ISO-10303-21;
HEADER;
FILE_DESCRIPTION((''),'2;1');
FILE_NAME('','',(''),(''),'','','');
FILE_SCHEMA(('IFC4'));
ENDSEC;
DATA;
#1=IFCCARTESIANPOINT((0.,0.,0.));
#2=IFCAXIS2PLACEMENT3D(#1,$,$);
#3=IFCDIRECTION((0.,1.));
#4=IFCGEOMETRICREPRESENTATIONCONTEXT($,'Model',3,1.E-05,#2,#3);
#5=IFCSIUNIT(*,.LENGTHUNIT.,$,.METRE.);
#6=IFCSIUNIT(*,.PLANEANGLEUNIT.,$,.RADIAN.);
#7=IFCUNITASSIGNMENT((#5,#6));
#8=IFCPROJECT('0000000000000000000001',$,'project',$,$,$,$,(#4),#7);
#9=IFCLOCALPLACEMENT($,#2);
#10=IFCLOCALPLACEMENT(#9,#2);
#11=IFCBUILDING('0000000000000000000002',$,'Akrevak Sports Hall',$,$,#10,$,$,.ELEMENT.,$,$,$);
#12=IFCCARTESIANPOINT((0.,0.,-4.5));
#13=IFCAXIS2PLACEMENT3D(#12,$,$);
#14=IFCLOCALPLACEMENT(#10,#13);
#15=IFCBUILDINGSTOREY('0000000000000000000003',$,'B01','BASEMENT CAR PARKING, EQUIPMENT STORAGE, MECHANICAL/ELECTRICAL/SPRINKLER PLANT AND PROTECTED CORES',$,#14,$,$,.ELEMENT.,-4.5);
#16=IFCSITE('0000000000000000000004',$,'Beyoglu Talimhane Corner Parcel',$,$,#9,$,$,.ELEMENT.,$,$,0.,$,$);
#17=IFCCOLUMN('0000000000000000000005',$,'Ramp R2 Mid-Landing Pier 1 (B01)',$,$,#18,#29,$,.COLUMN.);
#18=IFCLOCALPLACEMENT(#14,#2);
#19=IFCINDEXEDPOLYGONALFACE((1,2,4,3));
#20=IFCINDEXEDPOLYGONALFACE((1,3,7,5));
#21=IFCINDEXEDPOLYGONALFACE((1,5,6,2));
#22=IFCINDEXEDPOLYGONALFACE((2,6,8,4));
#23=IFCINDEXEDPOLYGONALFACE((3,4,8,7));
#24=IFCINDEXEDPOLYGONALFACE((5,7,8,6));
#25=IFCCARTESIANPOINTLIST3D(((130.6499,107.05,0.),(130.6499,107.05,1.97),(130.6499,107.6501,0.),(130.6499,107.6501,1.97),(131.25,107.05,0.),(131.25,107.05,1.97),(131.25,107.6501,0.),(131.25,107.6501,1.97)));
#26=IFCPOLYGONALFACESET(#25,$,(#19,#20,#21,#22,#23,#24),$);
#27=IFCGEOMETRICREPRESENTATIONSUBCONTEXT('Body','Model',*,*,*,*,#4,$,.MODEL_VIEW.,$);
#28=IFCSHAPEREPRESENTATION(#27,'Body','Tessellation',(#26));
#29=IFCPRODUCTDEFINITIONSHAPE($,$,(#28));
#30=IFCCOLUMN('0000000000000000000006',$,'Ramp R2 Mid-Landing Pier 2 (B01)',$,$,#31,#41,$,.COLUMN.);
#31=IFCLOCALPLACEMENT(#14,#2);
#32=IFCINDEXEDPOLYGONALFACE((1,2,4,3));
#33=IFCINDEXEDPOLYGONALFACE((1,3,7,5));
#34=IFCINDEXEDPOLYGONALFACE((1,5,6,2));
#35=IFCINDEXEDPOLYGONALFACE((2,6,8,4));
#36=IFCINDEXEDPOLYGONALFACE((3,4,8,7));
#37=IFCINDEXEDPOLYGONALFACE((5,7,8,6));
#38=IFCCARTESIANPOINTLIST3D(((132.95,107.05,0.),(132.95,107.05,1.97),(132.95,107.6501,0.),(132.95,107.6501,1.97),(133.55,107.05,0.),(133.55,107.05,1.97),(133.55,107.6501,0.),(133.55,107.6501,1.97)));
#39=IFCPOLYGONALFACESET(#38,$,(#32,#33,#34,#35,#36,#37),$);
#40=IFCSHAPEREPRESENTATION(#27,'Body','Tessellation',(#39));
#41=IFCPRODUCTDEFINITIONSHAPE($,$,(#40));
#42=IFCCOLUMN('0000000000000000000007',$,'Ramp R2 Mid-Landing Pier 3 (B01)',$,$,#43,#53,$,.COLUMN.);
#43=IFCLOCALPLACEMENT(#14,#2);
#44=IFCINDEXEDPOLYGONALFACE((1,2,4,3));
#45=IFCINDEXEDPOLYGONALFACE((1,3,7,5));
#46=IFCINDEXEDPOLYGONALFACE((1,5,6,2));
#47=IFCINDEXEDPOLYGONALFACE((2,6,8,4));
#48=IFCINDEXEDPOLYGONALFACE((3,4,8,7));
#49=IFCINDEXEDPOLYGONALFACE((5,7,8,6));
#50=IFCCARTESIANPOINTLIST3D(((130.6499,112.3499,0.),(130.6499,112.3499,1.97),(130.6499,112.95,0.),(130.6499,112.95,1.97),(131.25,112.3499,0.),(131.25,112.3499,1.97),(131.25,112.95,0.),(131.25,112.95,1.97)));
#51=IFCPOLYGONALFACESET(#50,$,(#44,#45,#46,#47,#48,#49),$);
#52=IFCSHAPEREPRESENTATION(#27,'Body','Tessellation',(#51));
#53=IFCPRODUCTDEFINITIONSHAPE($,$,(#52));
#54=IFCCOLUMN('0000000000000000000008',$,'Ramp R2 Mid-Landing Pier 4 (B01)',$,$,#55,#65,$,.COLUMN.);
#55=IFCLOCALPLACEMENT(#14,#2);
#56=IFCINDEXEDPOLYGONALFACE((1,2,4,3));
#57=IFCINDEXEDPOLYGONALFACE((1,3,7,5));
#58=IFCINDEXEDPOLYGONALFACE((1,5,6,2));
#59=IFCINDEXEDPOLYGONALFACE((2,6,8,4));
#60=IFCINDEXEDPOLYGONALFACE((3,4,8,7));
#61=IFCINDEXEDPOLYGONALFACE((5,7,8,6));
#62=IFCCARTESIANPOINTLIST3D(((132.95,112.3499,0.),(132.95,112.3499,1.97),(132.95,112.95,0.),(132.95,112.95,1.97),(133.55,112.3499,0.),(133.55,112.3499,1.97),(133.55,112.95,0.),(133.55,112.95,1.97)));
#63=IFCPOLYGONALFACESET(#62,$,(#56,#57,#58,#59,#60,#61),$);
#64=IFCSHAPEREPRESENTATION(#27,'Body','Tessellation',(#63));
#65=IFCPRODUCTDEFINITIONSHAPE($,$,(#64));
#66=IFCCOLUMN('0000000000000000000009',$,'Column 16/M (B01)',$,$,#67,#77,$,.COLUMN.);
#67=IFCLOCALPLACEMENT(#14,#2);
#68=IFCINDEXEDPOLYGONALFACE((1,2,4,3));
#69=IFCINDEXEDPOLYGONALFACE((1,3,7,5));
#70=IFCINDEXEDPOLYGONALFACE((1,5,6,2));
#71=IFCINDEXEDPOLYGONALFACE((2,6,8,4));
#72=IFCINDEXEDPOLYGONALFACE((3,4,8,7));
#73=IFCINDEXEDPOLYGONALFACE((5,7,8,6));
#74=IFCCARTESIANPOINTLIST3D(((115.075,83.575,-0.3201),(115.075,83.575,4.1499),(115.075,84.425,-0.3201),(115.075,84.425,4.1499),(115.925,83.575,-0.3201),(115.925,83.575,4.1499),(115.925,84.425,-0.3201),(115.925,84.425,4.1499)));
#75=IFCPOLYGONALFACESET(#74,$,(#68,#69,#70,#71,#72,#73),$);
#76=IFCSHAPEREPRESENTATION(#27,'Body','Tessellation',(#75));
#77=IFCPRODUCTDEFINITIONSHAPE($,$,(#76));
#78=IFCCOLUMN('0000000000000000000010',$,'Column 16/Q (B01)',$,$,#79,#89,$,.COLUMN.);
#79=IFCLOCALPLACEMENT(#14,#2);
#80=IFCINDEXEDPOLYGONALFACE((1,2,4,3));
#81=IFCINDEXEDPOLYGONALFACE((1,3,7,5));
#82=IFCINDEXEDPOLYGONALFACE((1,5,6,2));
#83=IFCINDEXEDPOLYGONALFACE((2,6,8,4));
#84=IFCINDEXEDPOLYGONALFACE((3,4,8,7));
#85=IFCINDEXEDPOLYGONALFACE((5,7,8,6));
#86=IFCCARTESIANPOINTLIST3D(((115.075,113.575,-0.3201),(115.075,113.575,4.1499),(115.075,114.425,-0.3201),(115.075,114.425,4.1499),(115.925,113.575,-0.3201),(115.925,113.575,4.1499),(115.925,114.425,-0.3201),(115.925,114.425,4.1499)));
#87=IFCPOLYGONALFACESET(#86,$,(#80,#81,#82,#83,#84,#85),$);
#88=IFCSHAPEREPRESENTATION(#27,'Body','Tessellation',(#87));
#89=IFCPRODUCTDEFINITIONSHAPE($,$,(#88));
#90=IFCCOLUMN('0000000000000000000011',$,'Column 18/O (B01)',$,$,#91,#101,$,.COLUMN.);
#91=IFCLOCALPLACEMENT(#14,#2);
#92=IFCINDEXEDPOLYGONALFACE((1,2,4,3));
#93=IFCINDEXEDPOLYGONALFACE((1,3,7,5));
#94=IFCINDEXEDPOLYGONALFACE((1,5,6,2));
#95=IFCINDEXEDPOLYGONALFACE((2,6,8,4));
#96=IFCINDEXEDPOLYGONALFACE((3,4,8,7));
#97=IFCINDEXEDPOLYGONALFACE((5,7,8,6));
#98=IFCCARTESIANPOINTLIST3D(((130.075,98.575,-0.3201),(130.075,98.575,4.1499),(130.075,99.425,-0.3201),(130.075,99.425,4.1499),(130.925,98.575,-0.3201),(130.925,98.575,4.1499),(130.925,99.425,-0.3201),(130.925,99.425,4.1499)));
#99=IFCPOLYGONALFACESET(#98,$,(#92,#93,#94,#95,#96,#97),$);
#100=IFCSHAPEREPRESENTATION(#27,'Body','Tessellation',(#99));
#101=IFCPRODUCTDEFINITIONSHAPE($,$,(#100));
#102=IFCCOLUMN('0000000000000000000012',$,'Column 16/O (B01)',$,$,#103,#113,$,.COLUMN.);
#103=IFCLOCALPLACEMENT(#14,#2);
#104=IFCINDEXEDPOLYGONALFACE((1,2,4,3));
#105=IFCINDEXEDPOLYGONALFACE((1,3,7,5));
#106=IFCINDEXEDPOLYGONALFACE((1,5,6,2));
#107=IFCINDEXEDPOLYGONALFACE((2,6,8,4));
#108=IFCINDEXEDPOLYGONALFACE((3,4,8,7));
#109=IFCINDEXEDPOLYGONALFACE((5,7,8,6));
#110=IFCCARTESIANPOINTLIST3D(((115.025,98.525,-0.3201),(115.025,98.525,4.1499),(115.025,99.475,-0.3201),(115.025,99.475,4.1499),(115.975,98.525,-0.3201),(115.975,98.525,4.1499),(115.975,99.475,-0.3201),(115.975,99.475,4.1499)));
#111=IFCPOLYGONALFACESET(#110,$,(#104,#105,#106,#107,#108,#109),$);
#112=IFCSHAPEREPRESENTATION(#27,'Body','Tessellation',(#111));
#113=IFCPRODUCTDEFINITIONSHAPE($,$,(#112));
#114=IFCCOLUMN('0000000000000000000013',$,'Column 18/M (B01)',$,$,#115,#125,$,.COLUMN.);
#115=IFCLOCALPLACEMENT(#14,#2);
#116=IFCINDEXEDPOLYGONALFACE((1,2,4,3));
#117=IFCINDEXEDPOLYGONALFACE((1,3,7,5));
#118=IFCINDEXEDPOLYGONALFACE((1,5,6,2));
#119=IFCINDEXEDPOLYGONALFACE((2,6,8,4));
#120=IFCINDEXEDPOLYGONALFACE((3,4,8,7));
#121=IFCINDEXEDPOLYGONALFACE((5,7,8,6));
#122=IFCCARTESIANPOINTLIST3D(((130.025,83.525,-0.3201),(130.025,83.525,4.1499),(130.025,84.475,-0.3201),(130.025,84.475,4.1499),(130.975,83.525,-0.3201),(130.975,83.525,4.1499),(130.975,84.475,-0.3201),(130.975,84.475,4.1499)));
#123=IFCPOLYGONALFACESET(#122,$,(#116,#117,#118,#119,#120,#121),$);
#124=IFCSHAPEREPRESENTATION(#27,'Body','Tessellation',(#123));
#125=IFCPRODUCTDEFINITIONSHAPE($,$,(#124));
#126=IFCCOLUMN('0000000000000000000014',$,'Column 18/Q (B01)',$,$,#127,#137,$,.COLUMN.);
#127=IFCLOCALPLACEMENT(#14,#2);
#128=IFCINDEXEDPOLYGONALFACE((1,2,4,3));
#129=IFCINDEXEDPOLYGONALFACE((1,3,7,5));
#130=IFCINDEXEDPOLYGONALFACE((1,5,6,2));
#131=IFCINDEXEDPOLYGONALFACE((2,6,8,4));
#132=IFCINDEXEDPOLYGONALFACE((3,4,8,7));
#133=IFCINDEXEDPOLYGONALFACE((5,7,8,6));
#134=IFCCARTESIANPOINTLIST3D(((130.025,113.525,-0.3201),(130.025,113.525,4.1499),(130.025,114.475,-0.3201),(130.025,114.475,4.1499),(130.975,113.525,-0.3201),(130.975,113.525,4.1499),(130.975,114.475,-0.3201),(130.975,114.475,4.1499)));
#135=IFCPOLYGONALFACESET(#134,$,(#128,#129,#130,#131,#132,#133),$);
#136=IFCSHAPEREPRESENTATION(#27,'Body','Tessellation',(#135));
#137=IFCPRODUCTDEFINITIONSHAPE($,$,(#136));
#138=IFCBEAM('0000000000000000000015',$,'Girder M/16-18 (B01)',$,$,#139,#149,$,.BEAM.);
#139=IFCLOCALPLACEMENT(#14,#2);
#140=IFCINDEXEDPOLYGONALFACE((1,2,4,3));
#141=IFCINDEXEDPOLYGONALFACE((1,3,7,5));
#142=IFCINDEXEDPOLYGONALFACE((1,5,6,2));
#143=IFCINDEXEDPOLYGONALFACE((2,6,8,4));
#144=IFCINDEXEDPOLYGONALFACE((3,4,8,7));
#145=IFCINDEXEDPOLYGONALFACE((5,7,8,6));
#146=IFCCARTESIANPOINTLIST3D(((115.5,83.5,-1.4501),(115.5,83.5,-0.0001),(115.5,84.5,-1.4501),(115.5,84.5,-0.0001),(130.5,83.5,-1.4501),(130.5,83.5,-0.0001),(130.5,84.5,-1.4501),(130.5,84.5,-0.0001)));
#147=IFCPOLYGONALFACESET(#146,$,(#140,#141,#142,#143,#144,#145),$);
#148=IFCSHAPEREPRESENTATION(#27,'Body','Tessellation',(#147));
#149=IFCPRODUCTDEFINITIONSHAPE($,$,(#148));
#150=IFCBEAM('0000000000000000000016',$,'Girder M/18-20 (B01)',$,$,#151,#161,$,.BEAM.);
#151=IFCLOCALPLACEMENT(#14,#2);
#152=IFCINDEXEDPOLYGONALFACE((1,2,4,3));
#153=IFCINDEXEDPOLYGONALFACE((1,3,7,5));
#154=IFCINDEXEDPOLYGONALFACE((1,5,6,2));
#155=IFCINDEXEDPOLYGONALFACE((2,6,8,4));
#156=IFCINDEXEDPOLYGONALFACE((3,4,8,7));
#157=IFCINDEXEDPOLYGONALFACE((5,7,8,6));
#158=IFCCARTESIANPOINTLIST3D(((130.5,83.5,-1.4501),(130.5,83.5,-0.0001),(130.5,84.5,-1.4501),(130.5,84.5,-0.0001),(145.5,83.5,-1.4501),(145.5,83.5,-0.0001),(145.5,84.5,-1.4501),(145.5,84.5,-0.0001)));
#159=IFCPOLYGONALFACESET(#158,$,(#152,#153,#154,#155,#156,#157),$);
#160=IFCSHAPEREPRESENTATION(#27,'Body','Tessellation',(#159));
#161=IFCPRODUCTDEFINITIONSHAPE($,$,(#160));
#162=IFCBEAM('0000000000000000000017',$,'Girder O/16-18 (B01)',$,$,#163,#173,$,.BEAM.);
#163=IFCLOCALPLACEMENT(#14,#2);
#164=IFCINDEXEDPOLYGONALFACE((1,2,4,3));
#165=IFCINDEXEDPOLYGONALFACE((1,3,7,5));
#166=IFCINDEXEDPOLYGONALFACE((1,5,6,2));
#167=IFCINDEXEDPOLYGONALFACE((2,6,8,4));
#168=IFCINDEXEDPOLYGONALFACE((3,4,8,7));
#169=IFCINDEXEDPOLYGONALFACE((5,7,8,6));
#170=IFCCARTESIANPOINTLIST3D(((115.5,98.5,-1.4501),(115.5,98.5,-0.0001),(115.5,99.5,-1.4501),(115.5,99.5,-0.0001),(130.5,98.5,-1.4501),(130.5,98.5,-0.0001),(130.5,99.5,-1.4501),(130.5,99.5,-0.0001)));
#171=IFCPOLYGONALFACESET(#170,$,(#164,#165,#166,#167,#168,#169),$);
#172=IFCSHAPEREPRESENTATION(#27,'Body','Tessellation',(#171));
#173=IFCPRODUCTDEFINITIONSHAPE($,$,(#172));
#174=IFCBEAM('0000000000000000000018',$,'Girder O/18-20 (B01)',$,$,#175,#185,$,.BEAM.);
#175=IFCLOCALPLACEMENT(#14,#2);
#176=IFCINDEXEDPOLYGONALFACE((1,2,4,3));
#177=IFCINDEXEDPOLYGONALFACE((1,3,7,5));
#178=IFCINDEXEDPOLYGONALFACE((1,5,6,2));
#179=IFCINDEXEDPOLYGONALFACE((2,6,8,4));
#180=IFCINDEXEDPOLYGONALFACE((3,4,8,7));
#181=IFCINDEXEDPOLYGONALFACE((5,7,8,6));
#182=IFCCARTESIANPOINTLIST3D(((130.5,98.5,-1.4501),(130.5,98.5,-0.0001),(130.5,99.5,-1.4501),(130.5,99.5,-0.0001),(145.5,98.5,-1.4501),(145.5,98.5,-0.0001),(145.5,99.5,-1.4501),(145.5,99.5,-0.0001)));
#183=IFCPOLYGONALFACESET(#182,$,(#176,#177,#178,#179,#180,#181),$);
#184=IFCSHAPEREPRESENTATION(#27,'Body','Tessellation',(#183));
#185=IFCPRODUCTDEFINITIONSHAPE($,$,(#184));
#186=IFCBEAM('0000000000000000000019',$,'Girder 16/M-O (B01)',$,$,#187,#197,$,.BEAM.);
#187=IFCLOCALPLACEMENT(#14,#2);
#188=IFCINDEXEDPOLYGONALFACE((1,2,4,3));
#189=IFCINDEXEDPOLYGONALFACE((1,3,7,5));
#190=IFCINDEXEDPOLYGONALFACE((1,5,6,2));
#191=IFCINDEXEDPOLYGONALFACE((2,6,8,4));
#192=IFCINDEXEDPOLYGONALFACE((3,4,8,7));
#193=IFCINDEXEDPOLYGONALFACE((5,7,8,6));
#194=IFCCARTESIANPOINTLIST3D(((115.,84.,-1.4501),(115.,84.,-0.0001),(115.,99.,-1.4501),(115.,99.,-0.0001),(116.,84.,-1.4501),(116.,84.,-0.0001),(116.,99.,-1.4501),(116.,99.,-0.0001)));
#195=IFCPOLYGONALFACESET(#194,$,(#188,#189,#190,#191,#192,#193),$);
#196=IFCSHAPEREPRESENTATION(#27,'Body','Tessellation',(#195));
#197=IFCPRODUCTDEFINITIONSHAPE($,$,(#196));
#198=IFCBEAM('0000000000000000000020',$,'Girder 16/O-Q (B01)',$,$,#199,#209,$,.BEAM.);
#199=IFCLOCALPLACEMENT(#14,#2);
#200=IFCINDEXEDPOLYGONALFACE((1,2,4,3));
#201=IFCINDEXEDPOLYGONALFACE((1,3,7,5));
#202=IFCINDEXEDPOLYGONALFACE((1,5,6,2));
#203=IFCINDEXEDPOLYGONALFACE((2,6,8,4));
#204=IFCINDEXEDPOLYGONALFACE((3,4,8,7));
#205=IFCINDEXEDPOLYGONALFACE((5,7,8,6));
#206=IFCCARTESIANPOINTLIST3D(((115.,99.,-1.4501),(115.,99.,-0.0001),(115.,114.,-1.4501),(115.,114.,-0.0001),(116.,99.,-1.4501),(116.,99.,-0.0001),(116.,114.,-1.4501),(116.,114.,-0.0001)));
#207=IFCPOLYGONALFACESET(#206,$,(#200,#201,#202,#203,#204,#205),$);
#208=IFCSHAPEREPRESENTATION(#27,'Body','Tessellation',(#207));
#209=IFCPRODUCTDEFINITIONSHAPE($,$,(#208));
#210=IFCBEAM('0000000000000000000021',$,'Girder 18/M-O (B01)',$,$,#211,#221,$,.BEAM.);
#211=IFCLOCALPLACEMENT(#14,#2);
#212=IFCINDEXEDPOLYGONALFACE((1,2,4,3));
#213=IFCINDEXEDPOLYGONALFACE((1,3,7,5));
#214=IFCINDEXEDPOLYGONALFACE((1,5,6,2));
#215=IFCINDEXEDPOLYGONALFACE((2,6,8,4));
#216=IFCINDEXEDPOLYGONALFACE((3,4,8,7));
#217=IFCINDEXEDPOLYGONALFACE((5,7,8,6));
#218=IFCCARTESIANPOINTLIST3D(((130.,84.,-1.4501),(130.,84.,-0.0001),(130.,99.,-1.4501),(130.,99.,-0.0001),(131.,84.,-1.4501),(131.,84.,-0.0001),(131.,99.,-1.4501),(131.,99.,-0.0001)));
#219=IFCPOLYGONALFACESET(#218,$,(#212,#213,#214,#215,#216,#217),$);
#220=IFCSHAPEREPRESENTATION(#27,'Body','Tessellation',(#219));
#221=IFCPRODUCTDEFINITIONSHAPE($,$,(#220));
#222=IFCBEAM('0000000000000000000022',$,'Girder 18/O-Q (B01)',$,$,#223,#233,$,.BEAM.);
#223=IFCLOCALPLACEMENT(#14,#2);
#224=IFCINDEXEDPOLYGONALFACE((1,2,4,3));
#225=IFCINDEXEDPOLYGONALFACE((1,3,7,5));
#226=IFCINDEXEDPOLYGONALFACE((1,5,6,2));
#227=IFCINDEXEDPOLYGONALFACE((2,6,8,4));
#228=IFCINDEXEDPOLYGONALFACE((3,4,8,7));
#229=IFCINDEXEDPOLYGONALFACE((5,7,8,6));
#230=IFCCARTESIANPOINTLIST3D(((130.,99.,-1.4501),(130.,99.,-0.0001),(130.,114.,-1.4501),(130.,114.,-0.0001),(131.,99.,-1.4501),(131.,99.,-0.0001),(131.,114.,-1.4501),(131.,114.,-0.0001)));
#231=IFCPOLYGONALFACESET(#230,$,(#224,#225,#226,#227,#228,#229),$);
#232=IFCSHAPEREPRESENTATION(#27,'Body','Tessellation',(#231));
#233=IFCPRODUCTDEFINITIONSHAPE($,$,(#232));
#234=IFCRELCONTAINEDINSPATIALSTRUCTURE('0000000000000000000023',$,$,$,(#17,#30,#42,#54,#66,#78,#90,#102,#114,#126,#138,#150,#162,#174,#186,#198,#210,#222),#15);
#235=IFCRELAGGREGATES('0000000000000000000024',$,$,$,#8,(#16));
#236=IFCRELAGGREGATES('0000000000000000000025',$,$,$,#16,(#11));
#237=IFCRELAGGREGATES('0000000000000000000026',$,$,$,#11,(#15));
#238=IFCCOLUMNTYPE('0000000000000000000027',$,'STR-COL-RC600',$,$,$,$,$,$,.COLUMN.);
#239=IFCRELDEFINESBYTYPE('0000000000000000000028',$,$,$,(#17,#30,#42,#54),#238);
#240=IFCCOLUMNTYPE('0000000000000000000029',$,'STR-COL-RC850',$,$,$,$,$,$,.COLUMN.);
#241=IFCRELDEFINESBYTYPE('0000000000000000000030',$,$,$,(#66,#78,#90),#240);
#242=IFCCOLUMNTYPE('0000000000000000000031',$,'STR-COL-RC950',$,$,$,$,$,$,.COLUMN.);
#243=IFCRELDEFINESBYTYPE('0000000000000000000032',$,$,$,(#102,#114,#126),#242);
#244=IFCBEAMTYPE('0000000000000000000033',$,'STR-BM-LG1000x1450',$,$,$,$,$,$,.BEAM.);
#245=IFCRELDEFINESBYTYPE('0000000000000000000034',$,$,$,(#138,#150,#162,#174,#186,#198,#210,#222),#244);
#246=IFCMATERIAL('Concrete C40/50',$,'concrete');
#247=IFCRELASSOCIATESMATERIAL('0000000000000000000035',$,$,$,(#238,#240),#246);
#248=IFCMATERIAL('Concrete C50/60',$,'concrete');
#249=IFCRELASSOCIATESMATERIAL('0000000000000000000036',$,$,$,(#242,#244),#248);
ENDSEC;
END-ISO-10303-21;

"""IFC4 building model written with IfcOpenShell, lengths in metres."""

from ifc_helpers import new_model, si_unit, direction, frame, origin, origin_2d, place, context, subcontext, project, spatial, rectangle, extrude, material, material_profile, profile_set, type_object, element, save


model = new_model("IFC4")

# Units and contexts
model_context = context("Model", 3, precision=1e-05, world=origin(), true_north=direction((0.0, 1.0)))
body_context = subcontext(model_context, "Body", "Model", "MODEL_VIEW")
ifc_project = project(units=[si_unit("LENGTHUNIT", "METRE"), si_unit("PLANEANGLEUNIT", "RADIAN")], contexts=[model_context])

# Site, building, storey
site_placement = place(None, origin())
site = spatial("IfcSite", under=ifc_project, at=site_placement, Name="Beyoglu Talimhane Corner Parcel", CompositionType="ELEMENT", RefElevation=0.0)
building_placement = place(site_placement, origin())
building = spatial("IfcBuilding", under=site, at=building_placement, Name="Akrevak Sports Hall", CompositionType="ELEMENT")
storey_placement = place(building_placement, frame((0.0, 0.0, -4.5)))
storey = spatial("IfcBuildingStorey", under=building, at=storey_placement, Name="B01", Description="BASEMENT CAR PARKING, EQUIPMENT STORAGE, MECHANICAL/ELECTRICAL/SPRINKLER PLANT AND PROTECTED CORES", CompositionType="ELEMENT", Elevation=-4.5)

# Columns
ifc_material_1 = material(Name="Concrete C40/50", Category="concrete")
ifc_material_profile_1 = material_profile(ifc_material_1, rectangle(XDim=0.6001, YDim=0.6001, at=origin_2d()), Name="RC 600x600", Category="concrete")
ifc_profile_set_1 = profile_set([ifc_material_profile_1], Name="Concrete C40/50")
column_type_1 = type_object("IfcColumnType", Name="STR-COL-RC600", PredefinedType="COLUMN", material=ifc_profile_set_1)
for number, where, z_axis, x_axis, name in (
    (1, (130.95, 107.3501, 0.0), (0.0, 0.0, 1.0), (1.0, 0.0, 0.0), "Ramp R2 Mid-Landing Pier 1 (B01)"),
    (2, (133.25, 107.3501, 0.0), (0.0, 0.0, 1.0), (1.0, 0.0, 0.0), "Ramp R2 Mid-Landing Pier 2 (B01)"),
    (3, (130.95, 112.6499, 0.0), (0.0, 0.0, 1.0), (1.0, 0.0, 0.0), "Ramp R2 Mid-Landing Pier 3 (B01)"),
    (4, (133.25, 112.6499, 0.0), (0.0, 0.0, 1.0), (1.0, 0.0, 0.0), "Ramp R2 Mid-Landing Pier 4 (B01)"),
):
    element("IfcColumn", number, at=place(storey_placement, frame(where, z_axis=z_axis, x_axis=x_axis)), inside=storey, type_object=column_type_1, Name=name, PredefinedType="COLUMN", context=body_context, shape_type="SweptSolid", body=[
        extrude(rectangle(XDim=0.6001, YDim=0.6001, at=origin_2d()), origin(), (0.0, 0.0, 1.0), 1.97),
    ])
ifc_material_profile_2 = material_profile(ifc_material_1, rectangle(XDim=0.8501, YDim=0.8501, at=origin_2d()), Name="RC 850x850", Category="concrete")
ifc_profile_set_2 = profile_set([ifc_material_profile_2], Name="Concrete C40/50")
column_type_2 = type_object("IfcColumnType", Name="STR-COL-RC850", PredefinedType="COLUMN", material=ifc_profile_set_2)
for number, where, z_axis, x_axis, name in (
    (5, (115.5, 84.0, -0.3201), (0.0, 0.0, 1.0), (1.0, 0.0, 0.0), "Column 16/M (B01)"),
    (6, (115.5, 114.0, -0.3201), (0.0, 0.0, 1.0), (1.0, 0.0, 0.0), "Column 16/Q (B01)"),
    (7, (130.5, 99.0, -0.3201), (0.0, 0.0, 1.0), (1.0, 0.0, 0.0), "Column 18/O (B01)"),
):
    element("IfcColumn", number, at=place(storey_placement, frame(where, z_axis=z_axis, x_axis=x_axis)), inside=storey, type_object=column_type_2, Name=name, PredefinedType="COLUMN", context=body_context, shape_type="SweptSolid", body=[
        extrude(rectangle(XDim=0.8501, YDim=0.8501, at=origin_2d()), origin(), (0.0, 0.0, 1.0), 4.47),
    ])
ifc_material_2 = material(Name="Concrete C50/60", Category="concrete")
ifc_material_profile_3 = material_profile(ifc_material_2, rectangle(XDim=0.95, YDim=0.95, at=origin_2d()), Name="RC 950x950", Category="concrete")
ifc_profile_set_3 = profile_set([ifc_material_profile_3], Name="Concrete C50/60")
column_type_3 = type_object("IfcColumnType", Name="STR-COL-RC950", PredefinedType="COLUMN", material=ifc_profile_set_3)
for number, where, z_axis, x_axis, name in (
    (8, (115.5, 99.0, -0.3201), (0.0, 0.0, 1.0), (1.0, 0.0, 0.0), "Column 16/O (B01)"),
    (9, (130.5, 84.0, -0.3201), (0.0, 0.0, 1.0), (1.0, 0.0, 0.0), "Column 18/M (B01)"),
    (10, (130.5, 114.0, -0.3201), (0.0, 0.0, 1.0), (1.0, 0.0, 0.0), "Column 18/Q (B01)"),
):
    element("IfcColumn", number, at=place(storey_placement, frame(where, z_axis=z_axis, x_axis=x_axis)), inside=storey, type_object=column_type_3, Name=name, PredefinedType="COLUMN", context=body_context, shape_type="SweptSolid", body=[
        extrude(rectangle(XDim=0.95, YDim=0.95, at=origin_2d()), origin(), (0.0, 0.0, 1.0), 4.47),
    ])

# Beams
ifc_material_profile_4 = material_profile(ifc_material_2, rectangle(XDim=1.0, YDim=1.45, at=origin_2d()), Name="BM 1000x1450", Category="concrete")
ifc_profile_set_4 = profile_set([ifc_material_profile_4], Name="Concrete C50/60")
beam_type_1 = type_object("IfcBeamType", Name="STR-BM-LG1000x1450", PredefinedType="BEAM", material=ifc_profile_set_4)
for number, where, z_axis, x_axis, name in (
    (11, (115.5, 84.0, -0.7251), (1.0, 0.0, 0.0), (0.0, 1.0, 0.0), "Girder M/16-18 (B01)"),
    (12, (130.5, 84.0, -0.7251), (1.0, 0.0, 0.0), (0.0, 1.0, 0.0), "Girder M/18-20 (B01)"),
    (13, (115.5, 99.0, -0.7251), (1.0, 0.0, 0.0), (0.0, 1.0, 0.0), "Girder O/16-18 (B01)"),
    (14, (130.5, 99.0, -0.7251), (1.0, 0.0, 0.0), (0.0, 1.0, 0.0), "Girder O/18-20 (B01)"),
    (15, (115.5, 84.0, -0.7251), (0.0, 1.0, 0.0), (-1.0, 0.0, 0.0), "Girder 16/M-O (B01)"),
    (16, (115.5, 99.0, -0.7251), (0.0, 1.0, 0.0), (-1.0, 0.0, 0.0), "Girder 16/O-Q (B01)"),
    (17, (130.5, 84.0, -0.7251), (0.0, 1.0, 0.0), (-1.0, 0.0, 0.0), "Girder 18/M-O (B01)"),
    (18, (130.5, 99.0, -0.7251), (0.0, 1.0, 0.0), (-1.0, 0.0, 0.0), "Girder 18/O-Q (B01)"),
):
    element("IfcBeam", number, at=place(storey_placement, frame(where, z_axis=z_axis, x_axis=x_axis)), inside=storey, type_object=beam_type_1, Name=name, PredefinedType="BEAM", context=body_context, shape_type="SweptSolid", body=[
        extrude(rectangle(XDim=1.0, YDim=1.45, at=origin_2d()), origin(), (0.0, 0.0, 1.0), 15.0),
    ])

save(model, "model.ifc")
